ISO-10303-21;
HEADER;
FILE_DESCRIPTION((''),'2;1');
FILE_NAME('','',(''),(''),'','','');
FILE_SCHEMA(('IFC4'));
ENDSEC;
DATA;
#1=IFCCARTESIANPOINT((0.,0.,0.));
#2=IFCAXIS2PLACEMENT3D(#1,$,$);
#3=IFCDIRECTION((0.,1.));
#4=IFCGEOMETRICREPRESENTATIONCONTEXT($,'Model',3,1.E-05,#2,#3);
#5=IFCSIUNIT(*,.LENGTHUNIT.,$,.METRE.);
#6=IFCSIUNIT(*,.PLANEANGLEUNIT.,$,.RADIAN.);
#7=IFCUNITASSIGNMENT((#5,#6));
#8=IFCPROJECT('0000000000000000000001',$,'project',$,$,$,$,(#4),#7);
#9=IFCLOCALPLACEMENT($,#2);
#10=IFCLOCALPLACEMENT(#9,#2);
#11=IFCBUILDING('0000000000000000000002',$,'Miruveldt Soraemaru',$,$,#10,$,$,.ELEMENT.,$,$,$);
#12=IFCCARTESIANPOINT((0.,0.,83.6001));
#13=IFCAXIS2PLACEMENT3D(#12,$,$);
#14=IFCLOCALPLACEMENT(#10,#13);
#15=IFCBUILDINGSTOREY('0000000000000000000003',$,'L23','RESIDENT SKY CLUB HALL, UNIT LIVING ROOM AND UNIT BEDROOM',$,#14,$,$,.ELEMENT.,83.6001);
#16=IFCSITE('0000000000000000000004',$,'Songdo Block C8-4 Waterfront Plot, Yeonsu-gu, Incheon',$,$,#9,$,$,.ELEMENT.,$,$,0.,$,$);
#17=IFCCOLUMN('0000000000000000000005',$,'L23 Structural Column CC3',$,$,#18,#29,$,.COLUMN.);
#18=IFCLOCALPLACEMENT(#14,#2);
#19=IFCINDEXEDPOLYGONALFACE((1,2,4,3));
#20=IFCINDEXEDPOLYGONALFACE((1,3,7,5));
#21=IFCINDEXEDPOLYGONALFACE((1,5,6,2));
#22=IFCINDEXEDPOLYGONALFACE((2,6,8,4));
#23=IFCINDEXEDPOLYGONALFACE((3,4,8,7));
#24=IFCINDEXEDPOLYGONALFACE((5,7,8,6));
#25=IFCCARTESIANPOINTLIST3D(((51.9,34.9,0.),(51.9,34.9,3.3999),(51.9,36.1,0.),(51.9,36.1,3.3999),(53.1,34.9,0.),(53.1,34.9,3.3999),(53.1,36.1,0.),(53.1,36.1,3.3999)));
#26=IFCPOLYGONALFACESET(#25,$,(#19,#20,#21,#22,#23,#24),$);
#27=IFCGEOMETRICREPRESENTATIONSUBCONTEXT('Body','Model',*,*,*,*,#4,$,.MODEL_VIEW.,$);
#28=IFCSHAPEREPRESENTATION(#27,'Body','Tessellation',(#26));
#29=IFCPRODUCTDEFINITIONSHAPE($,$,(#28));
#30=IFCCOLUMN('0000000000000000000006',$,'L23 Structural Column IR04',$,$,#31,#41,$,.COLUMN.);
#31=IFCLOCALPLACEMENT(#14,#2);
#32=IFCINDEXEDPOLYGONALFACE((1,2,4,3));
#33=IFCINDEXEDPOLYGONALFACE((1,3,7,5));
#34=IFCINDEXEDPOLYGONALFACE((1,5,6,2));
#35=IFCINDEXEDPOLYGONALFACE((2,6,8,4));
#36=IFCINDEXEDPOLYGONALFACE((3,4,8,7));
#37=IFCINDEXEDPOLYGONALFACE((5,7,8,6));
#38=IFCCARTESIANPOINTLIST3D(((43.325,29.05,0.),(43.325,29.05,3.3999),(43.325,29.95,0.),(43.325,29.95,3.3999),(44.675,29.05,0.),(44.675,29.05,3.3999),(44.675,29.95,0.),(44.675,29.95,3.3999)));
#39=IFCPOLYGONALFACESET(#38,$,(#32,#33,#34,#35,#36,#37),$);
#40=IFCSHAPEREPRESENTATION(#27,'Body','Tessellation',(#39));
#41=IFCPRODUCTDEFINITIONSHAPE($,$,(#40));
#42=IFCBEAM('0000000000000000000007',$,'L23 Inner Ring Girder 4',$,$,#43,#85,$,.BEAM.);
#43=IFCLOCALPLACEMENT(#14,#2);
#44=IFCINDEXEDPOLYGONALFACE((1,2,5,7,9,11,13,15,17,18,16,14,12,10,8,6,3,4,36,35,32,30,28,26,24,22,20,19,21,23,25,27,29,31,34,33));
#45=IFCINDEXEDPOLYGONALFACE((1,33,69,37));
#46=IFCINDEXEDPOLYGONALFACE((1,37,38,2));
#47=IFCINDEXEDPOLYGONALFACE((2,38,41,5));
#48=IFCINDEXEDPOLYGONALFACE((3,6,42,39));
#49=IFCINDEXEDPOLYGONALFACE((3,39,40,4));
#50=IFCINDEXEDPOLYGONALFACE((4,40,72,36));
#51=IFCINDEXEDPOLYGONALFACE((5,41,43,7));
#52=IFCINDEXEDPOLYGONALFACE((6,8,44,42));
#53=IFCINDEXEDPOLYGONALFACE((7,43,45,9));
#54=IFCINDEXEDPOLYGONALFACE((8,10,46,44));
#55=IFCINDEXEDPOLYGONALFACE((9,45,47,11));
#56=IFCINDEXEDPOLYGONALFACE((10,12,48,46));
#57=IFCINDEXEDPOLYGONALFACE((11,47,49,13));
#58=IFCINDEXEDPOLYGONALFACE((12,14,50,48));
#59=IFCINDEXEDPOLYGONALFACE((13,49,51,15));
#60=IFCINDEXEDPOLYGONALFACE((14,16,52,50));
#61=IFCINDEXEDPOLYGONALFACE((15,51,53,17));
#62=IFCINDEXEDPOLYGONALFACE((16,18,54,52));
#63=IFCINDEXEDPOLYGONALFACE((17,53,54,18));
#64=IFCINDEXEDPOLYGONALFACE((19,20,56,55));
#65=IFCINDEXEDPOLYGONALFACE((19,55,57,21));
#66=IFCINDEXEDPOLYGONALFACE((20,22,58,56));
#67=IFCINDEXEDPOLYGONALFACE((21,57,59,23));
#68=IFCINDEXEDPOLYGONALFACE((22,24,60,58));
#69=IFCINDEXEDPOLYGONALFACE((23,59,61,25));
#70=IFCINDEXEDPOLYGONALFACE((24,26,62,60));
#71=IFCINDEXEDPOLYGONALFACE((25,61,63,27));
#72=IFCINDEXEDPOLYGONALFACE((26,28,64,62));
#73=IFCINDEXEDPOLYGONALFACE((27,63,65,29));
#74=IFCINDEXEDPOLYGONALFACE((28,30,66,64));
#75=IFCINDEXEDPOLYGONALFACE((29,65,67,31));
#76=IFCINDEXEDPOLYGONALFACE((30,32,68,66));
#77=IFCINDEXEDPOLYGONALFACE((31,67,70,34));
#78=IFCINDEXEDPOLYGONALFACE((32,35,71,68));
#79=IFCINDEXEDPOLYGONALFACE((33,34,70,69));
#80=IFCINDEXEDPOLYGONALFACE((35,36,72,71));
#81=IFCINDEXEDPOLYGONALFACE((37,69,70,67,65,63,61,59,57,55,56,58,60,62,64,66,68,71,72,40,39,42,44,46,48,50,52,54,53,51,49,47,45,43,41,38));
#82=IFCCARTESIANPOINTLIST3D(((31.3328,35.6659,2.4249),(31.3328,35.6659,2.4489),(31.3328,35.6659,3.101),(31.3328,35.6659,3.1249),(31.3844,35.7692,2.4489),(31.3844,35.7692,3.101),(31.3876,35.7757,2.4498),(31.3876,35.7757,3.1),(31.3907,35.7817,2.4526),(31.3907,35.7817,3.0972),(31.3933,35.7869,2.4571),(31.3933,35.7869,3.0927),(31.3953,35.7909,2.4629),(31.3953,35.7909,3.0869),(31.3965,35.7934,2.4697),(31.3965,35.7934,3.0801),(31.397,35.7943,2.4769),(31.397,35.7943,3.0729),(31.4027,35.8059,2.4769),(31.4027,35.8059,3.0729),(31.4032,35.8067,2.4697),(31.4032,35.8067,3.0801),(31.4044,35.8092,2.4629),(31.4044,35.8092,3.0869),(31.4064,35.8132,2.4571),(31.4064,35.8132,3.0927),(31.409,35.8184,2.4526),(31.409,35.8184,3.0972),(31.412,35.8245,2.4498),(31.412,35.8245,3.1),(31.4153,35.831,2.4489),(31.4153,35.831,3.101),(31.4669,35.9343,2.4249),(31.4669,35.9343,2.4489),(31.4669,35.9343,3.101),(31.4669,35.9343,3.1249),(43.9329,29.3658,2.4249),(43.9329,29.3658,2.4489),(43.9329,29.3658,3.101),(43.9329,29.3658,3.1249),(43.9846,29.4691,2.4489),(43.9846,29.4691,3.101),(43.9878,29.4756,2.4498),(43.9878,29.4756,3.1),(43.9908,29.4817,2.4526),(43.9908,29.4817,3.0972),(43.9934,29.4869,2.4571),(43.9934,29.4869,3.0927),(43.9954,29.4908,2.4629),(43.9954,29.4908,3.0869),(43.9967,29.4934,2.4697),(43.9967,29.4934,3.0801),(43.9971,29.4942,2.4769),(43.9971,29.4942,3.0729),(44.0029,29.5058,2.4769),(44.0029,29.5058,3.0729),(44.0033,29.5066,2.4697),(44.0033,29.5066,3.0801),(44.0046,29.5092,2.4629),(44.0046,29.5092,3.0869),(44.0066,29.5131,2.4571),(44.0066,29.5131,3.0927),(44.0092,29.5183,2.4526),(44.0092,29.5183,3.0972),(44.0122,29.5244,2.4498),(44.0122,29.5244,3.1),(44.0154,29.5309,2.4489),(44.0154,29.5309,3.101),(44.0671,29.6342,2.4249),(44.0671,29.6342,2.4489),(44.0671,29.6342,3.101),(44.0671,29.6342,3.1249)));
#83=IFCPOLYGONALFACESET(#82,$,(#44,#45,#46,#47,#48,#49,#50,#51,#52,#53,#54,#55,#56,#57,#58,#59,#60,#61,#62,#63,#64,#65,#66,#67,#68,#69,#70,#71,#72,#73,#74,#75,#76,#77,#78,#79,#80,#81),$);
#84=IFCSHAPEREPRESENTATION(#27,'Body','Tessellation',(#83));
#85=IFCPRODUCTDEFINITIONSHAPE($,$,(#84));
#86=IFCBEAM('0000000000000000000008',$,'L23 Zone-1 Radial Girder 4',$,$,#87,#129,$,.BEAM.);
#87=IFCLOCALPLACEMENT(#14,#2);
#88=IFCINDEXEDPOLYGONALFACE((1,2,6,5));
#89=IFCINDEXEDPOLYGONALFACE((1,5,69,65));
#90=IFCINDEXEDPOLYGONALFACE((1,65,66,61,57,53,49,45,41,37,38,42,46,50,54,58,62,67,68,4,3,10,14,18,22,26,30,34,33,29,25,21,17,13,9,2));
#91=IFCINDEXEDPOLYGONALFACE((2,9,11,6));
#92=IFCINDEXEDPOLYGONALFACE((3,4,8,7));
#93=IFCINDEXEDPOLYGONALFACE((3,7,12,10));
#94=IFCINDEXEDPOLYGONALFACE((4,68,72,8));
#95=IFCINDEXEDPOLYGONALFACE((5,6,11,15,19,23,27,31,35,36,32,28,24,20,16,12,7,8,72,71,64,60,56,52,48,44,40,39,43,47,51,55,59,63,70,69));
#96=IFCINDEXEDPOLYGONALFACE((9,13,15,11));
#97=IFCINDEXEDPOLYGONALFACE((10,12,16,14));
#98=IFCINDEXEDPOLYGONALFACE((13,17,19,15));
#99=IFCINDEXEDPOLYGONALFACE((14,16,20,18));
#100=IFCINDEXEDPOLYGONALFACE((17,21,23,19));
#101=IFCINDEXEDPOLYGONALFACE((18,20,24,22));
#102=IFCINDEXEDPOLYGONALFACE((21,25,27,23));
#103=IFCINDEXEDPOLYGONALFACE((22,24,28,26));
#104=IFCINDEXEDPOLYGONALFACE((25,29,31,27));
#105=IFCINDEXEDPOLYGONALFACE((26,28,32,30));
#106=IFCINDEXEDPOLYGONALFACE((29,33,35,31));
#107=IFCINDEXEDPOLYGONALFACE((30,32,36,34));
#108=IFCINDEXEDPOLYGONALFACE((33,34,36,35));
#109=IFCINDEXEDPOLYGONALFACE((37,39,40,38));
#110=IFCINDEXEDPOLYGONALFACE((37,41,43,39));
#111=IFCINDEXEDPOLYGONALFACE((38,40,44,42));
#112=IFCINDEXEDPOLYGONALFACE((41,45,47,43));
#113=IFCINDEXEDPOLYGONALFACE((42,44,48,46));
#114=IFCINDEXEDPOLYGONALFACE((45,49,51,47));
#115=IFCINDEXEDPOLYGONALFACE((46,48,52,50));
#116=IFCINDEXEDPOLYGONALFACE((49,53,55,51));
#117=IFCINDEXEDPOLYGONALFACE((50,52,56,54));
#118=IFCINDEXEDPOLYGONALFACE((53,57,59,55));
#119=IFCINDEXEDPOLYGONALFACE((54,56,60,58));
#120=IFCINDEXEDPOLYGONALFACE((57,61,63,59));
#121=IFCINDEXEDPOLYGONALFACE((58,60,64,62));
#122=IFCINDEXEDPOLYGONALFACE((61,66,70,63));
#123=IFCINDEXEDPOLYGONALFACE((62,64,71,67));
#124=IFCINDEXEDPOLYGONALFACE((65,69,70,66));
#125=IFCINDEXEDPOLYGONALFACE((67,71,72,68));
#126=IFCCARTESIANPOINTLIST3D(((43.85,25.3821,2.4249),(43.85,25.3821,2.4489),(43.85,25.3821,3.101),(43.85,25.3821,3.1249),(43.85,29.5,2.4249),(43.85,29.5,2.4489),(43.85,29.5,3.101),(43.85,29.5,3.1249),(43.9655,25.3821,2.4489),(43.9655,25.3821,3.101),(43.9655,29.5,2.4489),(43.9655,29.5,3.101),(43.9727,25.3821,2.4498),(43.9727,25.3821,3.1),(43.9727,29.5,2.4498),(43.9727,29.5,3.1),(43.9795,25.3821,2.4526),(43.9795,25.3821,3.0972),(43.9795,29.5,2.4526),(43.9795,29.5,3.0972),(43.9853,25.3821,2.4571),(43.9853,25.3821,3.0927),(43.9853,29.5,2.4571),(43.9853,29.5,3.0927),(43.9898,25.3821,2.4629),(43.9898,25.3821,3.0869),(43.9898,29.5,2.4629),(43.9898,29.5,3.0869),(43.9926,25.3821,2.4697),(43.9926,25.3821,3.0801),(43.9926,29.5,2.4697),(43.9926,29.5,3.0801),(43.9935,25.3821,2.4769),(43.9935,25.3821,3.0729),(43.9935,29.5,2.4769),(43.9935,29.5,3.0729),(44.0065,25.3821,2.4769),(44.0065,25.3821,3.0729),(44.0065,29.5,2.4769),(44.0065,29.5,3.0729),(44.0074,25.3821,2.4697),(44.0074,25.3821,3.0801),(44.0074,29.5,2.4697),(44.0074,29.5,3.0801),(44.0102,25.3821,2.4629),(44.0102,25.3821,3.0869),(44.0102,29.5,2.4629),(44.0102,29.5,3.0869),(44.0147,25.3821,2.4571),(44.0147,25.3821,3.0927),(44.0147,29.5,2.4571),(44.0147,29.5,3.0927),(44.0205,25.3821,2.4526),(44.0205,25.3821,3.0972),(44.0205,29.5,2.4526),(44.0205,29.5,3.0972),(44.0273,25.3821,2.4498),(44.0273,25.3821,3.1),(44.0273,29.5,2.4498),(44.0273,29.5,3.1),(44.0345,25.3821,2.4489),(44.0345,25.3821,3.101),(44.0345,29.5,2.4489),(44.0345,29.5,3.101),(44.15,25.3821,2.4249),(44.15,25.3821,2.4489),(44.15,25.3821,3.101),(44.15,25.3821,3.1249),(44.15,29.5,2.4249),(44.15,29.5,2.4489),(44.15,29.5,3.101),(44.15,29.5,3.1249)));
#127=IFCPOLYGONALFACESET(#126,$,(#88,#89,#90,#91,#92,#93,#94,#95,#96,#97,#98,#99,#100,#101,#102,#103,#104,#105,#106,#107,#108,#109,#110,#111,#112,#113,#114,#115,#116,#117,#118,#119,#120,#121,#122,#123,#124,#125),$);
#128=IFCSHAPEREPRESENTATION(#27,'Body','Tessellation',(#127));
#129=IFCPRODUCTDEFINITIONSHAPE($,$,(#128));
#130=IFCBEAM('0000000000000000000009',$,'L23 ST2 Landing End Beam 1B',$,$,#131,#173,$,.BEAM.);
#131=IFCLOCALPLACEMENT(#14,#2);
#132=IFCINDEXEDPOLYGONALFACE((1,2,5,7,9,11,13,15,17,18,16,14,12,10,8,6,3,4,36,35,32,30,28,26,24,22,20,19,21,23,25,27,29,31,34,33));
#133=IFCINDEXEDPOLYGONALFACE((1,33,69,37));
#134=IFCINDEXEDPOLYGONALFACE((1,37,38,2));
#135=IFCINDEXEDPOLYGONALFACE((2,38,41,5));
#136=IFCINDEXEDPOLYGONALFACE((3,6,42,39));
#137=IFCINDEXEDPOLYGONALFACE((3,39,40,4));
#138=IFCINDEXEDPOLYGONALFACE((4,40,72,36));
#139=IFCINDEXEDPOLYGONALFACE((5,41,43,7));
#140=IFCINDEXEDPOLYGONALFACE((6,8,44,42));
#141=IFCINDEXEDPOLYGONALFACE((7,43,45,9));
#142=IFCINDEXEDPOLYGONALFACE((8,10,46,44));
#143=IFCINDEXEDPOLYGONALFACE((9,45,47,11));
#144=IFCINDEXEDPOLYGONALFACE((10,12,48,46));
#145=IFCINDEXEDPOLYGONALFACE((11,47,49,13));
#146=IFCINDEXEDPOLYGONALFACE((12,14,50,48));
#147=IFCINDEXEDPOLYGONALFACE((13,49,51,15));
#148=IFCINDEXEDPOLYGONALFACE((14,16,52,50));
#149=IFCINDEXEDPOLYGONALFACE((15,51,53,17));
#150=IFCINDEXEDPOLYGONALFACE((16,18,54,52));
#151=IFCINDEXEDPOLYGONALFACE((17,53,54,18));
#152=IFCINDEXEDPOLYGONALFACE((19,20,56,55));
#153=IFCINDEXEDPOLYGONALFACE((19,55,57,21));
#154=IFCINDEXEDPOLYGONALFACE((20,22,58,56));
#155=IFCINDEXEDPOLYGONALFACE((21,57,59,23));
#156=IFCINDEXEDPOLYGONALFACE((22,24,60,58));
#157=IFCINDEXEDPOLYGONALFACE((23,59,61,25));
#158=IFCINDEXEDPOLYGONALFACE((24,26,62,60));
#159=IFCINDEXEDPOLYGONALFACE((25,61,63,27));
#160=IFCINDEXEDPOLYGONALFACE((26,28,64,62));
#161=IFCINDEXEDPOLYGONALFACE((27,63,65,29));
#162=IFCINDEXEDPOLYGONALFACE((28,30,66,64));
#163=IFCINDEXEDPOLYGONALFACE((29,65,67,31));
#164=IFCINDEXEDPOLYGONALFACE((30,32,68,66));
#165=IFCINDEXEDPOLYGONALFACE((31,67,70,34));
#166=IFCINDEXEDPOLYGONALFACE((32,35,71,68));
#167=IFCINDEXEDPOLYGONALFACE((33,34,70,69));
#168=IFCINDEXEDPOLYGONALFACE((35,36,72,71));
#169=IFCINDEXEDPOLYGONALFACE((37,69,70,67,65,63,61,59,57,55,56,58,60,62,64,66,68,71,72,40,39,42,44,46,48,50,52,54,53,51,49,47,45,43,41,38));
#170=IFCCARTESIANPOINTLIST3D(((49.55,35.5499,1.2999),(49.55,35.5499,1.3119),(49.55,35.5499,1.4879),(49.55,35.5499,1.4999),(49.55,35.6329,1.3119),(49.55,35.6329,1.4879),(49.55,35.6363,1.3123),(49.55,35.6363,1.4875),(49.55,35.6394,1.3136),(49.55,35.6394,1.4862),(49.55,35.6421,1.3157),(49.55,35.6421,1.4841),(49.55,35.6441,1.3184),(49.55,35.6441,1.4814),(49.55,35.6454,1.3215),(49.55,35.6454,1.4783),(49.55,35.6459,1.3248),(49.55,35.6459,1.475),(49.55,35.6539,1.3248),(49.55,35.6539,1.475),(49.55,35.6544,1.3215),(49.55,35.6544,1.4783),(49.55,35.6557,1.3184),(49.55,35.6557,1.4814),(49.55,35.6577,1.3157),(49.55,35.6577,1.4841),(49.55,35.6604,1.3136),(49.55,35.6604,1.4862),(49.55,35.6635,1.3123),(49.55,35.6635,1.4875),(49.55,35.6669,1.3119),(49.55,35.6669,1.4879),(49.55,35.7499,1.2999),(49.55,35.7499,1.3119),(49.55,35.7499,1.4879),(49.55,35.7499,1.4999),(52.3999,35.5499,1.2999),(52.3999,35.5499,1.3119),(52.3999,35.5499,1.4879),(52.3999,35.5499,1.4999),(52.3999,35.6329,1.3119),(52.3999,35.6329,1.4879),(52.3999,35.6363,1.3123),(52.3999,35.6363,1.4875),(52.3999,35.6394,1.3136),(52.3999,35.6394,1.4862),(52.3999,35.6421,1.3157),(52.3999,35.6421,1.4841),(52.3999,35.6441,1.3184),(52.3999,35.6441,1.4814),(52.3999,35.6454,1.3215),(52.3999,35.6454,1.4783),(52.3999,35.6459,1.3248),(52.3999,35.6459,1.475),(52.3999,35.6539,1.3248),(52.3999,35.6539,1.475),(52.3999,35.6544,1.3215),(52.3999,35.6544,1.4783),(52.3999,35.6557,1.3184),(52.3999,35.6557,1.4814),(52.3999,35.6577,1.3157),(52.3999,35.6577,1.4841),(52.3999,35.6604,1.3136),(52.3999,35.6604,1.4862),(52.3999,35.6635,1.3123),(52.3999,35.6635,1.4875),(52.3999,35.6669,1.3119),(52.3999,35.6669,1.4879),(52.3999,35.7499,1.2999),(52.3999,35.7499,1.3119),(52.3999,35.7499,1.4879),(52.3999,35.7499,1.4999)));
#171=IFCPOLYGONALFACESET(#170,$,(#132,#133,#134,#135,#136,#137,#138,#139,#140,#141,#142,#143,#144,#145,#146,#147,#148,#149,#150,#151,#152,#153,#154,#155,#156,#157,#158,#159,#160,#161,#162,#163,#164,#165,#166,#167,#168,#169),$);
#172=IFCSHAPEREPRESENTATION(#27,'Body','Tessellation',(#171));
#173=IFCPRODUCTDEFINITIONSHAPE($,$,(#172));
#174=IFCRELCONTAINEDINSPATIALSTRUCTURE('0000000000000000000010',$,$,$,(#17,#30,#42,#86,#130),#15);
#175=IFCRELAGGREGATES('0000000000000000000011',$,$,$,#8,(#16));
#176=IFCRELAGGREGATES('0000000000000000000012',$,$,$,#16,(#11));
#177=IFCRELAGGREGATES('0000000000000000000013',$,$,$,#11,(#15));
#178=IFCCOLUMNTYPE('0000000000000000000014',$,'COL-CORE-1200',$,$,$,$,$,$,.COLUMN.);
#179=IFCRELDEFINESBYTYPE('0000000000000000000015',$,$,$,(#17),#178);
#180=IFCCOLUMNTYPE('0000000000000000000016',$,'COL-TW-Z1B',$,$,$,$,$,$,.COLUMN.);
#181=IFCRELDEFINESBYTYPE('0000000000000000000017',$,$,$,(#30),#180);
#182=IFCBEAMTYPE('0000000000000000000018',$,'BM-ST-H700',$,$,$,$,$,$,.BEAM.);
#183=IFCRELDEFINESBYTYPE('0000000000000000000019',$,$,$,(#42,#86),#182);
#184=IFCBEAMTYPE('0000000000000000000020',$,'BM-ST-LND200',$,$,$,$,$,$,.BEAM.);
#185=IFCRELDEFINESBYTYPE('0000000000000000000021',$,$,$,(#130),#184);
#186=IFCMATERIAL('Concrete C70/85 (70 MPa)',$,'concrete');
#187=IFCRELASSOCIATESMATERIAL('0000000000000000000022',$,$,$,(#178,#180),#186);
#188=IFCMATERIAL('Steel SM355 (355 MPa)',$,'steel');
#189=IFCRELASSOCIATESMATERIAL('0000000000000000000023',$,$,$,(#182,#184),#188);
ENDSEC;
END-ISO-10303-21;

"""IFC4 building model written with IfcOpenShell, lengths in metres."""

from ifc_helpers import new_model, si_unit, direction, frame, origin, origin_2d, place, context, subcontext, project, spatial, rectangle, i_section, extrude, material, material_profile, profile_set, type_object, element, save


model = new_model("IFC4")

# Units and contexts
model_context = context("Model", 3, precision=1e-05, world=origin(), true_north=direction((0.0, 1.0)))
body_context = subcontext(model_context, "Body", "Model", "MODEL_VIEW")
ifc_project = project(units=[si_unit("LENGTHUNIT", "METRE"), si_unit("PLANEANGLEUNIT", "RADIAN")], contexts=[model_context])

# Site, building, storey
site_placement = place(None, origin())
site = spatial("IfcSite", under=ifc_project, at=site_placement, Name="Songdo Block C8-4 Waterfront Plot, Yeonsu-gu, Incheon", CompositionType="ELEMENT", RefElevation=0.0)
building_placement = place(site_placement, origin())
building = spatial("IfcBuilding", under=site, at=building_placement, Name="Miruveldt Soraemaru", CompositionType="ELEMENT")
storey_placement = place(building_placement, frame((0.0, 0.0, 83.6001)))
storey = spatial("IfcBuildingStorey", under=building, at=storey_placement, Name="L23", Description="RESIDENT SKY CLUB HALL, UNIT LIVING ROOM AND UNIT BEDROOM", CompositionType="ELEMENT", Elevation=83.6001)

# Columns
ifc_material_1 = material(Name="Concrete C70/85 (70 MPa)", Category="concrete")
ifc_material_profile_1 = material_profile(ifc_material_1, rectangle(XDim=1.2, YDim=1.2, at=origin_2d()), Name="Concrete C70/85 (70 MPa)", Category="concrete")
ifc_profile_set_1 = profile_set([ifc_material_profile_1], Name="Concrete C70/85 (70 MPa)")
column_type_1 = type_object("IfcColumnType", Name="COL-CORE-1200", PredefinedType="COLUMN", material=ifc_profile_set_1)
column_1_placement = place(storey_placement, frame((52.5, 35.5, 0.0), z_axis=(0.0, 0.0, 1.0), x_axis=(1.0, 0.0, 0.0)))
element("IfcColumn", 1, at=column_1_placement, inside=storey, type_object=column_type_1, Name="L23 Structural Column CC3", PredefinedType="COLUMN", context=body_context, shape_type="SweptSolid", body=[
    extrude(rectangle(XDim=1.2, YDim=1.2, at=origin_2d()), origin(), (0.0, 0.0, 1.0), 3.3999),
])
ifc_material_profile_2 = material_profile(ifc_material_1, rectangle(XDim=1.3501, YDim=0.8999, at=origin_2d()), Name="Concrete C70/85 (70 MPa)", Category="concrete")
ifc_profile_set_2 = profile_set([ifc_material_profile_2], Name="Concrete C70/85 (70 MPa)")
column_type_2 = type_object("IfcColumnType", Name="COL-TW-Z1B", PredefinedType="COLUMN", material=ifc_profile_set_2)
column_2_placement = place(storey_placement, frame((44.0, 29.5, 0.0), z_axis=(0.0, 0.0, 1.0), x_axis=(1.0, 0.0, 0.0)))
element("IfcColumn", 2, at=column_2_placement, inside=storey, type_object=column_type_2, Name="L23 Structural Column IR04", PredefinedType="COLUMN", context=body_context, shape_type="SweptSolid", body=[
    extrude(rectangle(XDim=1.3501, YDim=0.8999, at=origin_2d()), origin(), (0.0, 0.0, 1.0), 3.3999),
])

# Beams
ifc_material_2 = material(Name="Steel SM355 (355 MPa)", Category="steel")
ifc_material_profile_3 = material_profile(ifc_material_2, i_section(OverallWidth=0.3, OverallDepth=0.7, WebThickness=0.0129, FlangeThickness=0.0239, FilletRadius=0.0281, at=origin_2d()), Name="Steel SM355 (355 MPa)", Category="steel")
ifc_profile_set_3 = profile_set([ifc_material_profile_3], Name="Steel SM355 (355 MPa)")
beam_type_1 = type_object("IfcBeamType", Name="BM-ST-H700", PredefinedType="BEAM", material=ifc_profile_set_3)
beam_1_placement = place(storey_placement, frame((44.0, 29.5, 2.7749), z_axis=(-0.894427, 0.447214, 0.0), x_axis=(-0.447214, -0.894427, 0.0)))
element("IfcBeam", 3, at=beam_1_placement, inside=storey, type_object=beam_type_1, Name="L23 Inner Ring Girder 4", PredefinedType="BEAM", context=body_context, shape_type="SweptSolid", body=[
    extrude(i_section(OverallWidth=0.3, OverallDepth=0.7, WebThickness=0.0129, FlangeThickness=0.0239, FilletRadius=0.0281, at=origin_2d()), origin(), (0.0, 0.0, 1.0), 14.0874),
])
beam_2_placement = place(storey_placement, frame((44.0, 29.5, 2.7749), z_axis=(0.0, -1.0, 0.0), x_axis=(1.0, 0.0, 0.0)))
element("IfcBeam", 4, at=beam_2_placement, inside=storey, type_object=beam_type_1, Name="L23 Zone-1 Radial Girder 4", PredefinedType="BEAM", context=body_context, shape_type="SweptSolid", body=[
    extrude(i_section(OverallWidth=0.3, OverallDepth=0.7, WebThickness=0.0129, FlangeThickness=0.0239, FilletRadius=0.0281, at=origin_2d()), origin(), (0.0, 0.0, 1.0), 4.1179),
])
ifc_material_profile_4 = material_profile(ifc_material_2, i_section(OverallWidth=0.2, OverallDepth=0.2, WebThickness=0.0081, FlangeThickness=0.012, FilletRadius=0.0129, at=origin_2d()), Name="Steel SM355 (355 MPa)", Category="steel")
ifc_profile_set_4 = profile_set([ifc_material_profile_4], Name="Steel SM355 (355 MPa)")
beam_type_2 = type_object("IfcBeamType", Name="BM-ST-LND200", PredefinedType="BEAM", material=ifc_profile_set_4)
beam_3_placement = place(storey_placement, frame((49.55, 35.6499, 1.3999), z_axis=(1.0, 0.0, 0.0), x_axis=(0.0, 1.0, 0.0)))
element("IfcBeam", 5, at=beam_3_placement, inside=storey, type_object=beam_type_2, Name="L23 ST2 Landing End Beam 1B", PredefinedType="BEAM", context=body_context, shape_type="SweptSolid", body=[
    extrude(i_section(OverallWidth=0.2, OverallDepth=0.2, WebThickness=0.0081, FlangeThickness=0.012, FilletRadius=0.0129, at=origin_2d()), origin(), (0.0, 0.0, 1.0), 2.8499),
])

save(model, "model.ifc")
